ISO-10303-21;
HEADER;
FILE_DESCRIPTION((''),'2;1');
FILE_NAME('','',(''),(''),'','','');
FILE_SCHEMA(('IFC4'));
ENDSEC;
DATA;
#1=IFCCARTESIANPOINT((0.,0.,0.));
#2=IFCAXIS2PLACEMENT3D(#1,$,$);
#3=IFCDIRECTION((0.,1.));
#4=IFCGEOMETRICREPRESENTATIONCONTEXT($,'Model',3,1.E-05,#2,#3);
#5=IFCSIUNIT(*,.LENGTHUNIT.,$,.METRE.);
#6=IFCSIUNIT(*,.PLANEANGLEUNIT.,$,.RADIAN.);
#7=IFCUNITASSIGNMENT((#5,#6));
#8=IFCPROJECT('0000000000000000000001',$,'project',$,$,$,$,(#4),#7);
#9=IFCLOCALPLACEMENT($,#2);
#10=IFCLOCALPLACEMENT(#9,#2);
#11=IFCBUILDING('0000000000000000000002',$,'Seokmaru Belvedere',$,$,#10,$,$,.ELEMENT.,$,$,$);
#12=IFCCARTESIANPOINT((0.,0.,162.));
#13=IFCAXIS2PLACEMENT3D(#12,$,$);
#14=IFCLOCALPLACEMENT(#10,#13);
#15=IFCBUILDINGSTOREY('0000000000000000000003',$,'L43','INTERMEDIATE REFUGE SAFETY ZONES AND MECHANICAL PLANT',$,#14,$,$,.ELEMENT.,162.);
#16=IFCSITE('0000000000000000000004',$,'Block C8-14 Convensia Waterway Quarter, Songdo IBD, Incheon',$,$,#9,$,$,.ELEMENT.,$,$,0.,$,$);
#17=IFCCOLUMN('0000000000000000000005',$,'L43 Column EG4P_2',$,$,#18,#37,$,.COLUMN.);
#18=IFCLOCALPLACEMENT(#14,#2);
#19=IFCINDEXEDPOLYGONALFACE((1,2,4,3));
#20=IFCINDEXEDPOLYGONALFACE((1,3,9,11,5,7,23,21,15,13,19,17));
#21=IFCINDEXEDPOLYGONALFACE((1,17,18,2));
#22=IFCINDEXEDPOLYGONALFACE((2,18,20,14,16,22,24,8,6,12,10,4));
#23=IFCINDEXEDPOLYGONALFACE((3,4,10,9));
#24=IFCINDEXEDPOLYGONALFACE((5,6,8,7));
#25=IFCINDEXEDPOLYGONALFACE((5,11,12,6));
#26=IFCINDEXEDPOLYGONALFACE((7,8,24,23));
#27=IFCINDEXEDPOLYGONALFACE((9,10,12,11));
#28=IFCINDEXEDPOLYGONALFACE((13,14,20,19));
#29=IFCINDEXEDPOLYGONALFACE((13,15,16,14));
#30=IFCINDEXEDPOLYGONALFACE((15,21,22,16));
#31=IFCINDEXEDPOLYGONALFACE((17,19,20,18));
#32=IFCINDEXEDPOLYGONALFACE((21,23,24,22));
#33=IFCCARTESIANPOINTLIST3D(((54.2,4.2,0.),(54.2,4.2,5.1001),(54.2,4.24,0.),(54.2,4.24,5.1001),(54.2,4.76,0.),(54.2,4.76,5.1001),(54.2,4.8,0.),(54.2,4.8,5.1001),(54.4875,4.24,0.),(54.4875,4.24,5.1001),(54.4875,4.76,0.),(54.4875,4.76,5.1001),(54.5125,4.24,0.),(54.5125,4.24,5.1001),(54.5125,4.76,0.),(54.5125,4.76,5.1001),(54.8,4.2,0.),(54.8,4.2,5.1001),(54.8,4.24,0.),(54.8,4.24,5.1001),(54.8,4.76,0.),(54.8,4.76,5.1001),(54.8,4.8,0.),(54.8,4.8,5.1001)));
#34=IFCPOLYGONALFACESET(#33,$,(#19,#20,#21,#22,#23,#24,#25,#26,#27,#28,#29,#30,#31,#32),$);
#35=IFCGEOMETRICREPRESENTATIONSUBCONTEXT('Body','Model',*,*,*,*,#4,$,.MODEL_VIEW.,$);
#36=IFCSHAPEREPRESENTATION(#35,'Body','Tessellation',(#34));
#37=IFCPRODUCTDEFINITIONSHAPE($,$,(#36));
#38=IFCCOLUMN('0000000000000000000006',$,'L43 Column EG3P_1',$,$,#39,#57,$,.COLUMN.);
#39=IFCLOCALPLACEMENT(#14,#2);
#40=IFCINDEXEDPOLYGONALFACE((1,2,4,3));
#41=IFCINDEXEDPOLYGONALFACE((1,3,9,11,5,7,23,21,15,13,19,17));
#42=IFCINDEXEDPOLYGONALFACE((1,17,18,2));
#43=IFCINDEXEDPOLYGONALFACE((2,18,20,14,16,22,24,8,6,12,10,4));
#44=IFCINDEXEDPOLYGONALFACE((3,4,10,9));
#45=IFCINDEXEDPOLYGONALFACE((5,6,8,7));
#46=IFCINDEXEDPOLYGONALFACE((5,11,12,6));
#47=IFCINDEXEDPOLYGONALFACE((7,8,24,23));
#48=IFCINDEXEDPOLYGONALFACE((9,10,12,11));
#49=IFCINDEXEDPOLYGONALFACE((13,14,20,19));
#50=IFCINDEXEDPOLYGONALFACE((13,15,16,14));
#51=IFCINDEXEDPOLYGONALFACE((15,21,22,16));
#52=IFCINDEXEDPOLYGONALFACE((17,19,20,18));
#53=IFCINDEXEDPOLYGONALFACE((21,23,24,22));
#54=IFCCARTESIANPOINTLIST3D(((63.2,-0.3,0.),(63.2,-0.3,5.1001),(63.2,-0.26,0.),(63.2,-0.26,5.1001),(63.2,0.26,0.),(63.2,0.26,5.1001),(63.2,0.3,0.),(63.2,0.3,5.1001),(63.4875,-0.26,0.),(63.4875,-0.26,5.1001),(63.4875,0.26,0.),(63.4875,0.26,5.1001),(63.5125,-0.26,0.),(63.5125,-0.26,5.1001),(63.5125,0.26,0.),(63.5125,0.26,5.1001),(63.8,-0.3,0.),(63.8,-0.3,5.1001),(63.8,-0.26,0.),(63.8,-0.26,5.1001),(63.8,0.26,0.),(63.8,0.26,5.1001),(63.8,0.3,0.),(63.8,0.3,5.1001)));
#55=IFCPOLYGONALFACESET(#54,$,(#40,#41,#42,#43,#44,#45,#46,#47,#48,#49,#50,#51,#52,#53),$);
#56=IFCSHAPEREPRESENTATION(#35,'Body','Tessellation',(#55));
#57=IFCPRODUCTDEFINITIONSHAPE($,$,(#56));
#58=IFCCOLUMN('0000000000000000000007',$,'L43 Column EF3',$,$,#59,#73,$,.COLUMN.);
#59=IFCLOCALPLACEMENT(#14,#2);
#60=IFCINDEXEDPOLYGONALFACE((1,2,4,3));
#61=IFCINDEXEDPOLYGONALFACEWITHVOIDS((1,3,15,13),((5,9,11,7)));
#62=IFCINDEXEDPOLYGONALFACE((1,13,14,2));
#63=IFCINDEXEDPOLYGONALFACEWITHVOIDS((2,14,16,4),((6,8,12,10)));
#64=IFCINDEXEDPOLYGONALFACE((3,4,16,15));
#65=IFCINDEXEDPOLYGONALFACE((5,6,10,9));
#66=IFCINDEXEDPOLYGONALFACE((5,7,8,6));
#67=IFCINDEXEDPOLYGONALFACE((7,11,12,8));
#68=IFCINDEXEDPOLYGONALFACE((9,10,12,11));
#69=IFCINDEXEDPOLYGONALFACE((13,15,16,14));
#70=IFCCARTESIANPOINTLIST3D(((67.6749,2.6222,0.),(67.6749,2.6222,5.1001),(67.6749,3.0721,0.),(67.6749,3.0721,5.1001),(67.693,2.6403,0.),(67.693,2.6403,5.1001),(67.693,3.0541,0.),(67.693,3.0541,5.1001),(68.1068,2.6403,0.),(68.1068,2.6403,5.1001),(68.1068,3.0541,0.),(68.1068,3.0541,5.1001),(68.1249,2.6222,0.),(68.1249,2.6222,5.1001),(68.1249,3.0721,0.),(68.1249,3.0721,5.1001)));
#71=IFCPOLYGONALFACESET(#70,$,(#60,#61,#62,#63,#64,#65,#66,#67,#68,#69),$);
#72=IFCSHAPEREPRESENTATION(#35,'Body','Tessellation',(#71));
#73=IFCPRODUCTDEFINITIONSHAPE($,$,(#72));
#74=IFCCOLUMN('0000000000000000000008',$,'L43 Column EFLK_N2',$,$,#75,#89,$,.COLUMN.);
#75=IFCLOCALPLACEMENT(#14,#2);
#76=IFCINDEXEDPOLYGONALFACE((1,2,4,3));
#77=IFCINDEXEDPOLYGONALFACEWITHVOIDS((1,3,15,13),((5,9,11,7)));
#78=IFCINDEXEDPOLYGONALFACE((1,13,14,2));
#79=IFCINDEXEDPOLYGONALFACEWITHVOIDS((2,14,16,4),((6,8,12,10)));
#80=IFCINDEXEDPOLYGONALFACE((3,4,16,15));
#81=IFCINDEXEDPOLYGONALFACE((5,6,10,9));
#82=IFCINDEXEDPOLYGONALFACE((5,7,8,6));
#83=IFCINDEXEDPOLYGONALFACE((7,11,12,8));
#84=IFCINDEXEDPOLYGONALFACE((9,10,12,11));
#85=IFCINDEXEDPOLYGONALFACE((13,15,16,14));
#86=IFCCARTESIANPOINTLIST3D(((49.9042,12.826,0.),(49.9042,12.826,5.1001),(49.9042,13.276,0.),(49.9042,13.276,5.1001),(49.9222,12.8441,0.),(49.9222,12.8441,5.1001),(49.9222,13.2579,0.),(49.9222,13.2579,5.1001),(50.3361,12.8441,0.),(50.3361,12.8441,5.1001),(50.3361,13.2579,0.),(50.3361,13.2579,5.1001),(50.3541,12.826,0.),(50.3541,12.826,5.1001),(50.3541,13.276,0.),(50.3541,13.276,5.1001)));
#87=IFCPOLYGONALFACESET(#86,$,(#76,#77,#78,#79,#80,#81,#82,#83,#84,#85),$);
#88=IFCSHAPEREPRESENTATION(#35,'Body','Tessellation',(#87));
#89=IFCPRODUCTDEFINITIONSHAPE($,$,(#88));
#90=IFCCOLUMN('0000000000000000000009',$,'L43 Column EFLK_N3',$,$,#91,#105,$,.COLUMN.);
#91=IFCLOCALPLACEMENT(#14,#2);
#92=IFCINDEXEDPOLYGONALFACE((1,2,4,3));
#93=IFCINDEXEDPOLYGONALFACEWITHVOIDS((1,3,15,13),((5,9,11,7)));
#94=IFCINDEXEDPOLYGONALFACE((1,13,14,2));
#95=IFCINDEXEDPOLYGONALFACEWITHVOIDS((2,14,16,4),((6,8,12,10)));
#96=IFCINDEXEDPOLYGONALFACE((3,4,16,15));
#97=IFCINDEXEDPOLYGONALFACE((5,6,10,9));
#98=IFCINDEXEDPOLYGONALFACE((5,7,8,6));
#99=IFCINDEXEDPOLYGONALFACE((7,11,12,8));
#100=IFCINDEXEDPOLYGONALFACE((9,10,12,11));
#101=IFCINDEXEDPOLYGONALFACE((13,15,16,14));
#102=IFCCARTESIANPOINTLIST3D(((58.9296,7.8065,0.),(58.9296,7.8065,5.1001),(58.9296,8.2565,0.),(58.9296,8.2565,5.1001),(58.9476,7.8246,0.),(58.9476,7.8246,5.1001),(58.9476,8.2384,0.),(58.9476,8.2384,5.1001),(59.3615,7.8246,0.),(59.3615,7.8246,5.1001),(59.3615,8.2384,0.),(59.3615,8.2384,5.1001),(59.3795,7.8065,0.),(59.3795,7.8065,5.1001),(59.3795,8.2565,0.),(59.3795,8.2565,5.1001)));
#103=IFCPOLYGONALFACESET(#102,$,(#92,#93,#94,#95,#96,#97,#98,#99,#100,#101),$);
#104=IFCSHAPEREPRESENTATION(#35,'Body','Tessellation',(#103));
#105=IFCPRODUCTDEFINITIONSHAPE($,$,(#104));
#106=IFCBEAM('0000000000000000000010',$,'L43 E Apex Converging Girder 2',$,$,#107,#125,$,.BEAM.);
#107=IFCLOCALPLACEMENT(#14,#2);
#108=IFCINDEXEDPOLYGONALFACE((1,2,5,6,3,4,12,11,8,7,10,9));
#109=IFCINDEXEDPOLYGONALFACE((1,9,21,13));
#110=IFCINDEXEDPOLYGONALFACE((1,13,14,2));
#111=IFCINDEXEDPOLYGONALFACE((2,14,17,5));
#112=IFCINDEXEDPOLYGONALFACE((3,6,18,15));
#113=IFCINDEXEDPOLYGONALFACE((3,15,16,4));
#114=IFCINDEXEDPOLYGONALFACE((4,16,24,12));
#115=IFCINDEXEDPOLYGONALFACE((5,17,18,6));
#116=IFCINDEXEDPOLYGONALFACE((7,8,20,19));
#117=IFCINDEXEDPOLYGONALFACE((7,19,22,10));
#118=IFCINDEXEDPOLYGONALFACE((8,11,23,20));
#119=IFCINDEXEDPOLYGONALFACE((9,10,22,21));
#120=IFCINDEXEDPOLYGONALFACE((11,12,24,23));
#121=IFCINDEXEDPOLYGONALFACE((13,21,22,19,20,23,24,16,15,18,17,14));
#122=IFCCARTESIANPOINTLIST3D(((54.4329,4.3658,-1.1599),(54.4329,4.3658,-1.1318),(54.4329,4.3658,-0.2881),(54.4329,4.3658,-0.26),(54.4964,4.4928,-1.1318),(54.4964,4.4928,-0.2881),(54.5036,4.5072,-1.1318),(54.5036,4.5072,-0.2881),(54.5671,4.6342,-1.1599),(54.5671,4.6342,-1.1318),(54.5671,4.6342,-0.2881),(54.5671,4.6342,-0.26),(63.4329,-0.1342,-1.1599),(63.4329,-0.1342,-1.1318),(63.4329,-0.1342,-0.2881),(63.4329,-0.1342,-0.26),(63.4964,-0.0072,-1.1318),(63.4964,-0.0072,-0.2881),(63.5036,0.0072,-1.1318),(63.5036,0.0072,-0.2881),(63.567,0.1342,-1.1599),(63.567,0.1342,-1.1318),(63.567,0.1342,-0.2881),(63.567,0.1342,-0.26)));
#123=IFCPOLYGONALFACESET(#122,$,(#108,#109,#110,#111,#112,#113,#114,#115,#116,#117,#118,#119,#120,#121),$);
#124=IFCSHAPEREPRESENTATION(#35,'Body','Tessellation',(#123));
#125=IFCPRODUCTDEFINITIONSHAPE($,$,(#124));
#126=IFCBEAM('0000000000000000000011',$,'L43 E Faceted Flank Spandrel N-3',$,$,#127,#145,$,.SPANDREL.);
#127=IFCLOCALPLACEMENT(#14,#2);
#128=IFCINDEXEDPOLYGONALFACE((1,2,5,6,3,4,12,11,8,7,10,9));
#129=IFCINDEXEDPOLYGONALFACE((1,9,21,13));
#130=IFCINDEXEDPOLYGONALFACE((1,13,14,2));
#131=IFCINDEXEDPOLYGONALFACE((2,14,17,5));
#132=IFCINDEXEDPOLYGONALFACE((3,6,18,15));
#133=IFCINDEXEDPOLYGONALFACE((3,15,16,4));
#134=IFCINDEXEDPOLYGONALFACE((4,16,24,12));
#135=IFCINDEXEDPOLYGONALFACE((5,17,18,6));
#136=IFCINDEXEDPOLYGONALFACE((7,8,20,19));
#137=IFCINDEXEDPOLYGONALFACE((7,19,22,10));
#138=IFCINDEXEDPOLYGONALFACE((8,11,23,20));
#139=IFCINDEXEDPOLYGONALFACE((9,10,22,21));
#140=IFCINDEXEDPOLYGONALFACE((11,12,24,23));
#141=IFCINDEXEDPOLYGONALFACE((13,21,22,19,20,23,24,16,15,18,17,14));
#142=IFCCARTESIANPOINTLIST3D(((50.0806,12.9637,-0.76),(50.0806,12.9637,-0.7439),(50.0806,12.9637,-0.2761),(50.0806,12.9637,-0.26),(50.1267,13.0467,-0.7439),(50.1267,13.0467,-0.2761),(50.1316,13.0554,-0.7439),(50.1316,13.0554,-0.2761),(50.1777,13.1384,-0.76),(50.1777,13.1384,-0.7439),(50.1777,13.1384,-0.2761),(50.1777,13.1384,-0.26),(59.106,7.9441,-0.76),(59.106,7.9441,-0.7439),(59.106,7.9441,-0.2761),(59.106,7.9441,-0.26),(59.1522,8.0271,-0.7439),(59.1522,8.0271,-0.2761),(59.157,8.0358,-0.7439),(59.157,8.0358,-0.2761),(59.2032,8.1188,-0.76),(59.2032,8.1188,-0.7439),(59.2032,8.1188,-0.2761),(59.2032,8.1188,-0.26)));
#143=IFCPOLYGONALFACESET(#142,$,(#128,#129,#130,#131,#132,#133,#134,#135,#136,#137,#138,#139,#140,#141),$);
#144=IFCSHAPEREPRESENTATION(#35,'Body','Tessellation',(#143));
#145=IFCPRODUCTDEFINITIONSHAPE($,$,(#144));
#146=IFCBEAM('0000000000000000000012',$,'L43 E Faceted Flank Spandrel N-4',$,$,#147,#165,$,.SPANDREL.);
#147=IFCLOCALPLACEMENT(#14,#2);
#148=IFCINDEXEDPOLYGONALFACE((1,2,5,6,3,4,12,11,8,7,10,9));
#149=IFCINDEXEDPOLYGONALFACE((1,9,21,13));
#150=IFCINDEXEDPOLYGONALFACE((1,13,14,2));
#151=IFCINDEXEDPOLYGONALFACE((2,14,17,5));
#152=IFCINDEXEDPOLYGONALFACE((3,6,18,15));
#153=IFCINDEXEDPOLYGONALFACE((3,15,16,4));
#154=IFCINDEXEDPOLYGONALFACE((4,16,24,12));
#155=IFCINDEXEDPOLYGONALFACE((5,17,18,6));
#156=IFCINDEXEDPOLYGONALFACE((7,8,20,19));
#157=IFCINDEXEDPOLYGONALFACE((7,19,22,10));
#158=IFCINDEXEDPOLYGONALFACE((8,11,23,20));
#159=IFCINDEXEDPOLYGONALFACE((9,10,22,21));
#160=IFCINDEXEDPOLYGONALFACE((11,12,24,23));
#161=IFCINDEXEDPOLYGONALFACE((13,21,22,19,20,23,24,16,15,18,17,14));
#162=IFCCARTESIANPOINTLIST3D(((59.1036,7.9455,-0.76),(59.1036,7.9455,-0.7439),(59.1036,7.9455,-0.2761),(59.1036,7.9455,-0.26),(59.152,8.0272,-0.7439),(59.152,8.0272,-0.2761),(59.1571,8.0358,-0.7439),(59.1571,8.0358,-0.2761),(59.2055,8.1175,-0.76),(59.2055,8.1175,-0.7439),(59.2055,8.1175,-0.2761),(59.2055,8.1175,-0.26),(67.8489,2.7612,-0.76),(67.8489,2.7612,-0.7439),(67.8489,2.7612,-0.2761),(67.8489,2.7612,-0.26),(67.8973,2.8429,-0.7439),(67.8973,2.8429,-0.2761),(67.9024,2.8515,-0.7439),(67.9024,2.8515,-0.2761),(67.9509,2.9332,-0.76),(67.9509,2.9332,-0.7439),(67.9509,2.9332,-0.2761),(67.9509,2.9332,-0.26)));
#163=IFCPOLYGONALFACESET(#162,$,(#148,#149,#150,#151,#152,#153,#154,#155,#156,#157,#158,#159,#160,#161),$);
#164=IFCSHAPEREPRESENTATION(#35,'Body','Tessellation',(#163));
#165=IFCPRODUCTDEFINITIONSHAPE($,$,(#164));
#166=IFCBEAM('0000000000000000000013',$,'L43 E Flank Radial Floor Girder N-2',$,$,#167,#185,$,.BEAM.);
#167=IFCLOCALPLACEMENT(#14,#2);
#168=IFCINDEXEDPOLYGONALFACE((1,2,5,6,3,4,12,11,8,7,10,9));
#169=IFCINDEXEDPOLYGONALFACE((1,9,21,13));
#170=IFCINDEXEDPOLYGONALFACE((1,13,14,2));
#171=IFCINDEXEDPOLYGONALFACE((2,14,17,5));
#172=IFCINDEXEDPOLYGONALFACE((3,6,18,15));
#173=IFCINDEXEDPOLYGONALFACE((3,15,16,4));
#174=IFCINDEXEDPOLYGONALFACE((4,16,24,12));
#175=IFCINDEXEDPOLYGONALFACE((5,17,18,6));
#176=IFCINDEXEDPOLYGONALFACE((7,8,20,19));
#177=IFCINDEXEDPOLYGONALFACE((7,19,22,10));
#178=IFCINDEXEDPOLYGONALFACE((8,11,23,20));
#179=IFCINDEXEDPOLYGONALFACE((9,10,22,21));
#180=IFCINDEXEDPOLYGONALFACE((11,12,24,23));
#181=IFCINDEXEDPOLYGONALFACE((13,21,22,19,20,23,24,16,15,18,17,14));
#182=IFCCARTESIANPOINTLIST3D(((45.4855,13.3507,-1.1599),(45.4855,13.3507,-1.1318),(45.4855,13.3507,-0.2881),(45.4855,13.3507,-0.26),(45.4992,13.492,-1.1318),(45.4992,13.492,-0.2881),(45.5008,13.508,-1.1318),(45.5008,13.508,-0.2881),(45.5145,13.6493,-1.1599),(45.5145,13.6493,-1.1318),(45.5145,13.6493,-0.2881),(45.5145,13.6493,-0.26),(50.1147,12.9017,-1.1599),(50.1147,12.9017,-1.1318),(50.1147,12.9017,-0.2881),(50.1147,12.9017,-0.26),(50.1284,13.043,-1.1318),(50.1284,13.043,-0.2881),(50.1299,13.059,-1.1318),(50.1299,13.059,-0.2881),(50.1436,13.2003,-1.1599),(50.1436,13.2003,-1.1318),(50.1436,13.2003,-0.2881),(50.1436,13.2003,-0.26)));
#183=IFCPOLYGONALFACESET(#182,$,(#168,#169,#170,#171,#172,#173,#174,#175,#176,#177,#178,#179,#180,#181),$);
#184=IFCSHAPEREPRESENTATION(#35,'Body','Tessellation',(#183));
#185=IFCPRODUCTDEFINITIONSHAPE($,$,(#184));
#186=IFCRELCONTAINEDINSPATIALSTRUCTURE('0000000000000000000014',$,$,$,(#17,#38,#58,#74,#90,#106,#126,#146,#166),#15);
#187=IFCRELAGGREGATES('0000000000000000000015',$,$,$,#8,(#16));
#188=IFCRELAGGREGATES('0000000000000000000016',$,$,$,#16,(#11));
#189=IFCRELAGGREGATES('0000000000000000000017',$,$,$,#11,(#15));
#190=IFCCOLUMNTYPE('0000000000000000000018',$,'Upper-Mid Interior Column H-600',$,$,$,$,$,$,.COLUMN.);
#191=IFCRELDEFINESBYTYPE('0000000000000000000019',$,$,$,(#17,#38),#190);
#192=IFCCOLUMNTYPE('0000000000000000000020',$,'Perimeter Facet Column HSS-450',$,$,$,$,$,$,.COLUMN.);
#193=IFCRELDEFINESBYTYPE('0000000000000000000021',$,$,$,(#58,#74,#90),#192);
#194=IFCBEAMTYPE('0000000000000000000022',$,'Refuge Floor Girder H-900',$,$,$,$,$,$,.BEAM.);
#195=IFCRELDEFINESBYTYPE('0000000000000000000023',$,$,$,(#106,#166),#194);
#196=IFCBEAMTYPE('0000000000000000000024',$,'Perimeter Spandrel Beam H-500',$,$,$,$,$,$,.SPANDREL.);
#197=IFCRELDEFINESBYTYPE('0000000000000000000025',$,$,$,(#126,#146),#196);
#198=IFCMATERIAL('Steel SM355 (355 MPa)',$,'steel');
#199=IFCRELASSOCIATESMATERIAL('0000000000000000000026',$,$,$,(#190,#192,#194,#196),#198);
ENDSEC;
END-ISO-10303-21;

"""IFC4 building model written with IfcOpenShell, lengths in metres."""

from ifc_helpers import new_model, si_unit, direction, frame, origin, origin_2d, place, context, subcontext, project, spatial, hollow_rectangle, i_section, extrude, source, transform, mapped, material, material_profile, profile_set, type_object, type_shapes, element, save


model = new_model("IFC4")

# Units and contexts
model_context = context("Model", 3, precision=1e-05, world=origin(), true_north=direction((0.0, 1.0)))
body_context = subcontext(model_context, "Body", "Model", "MODEL_VIEW")
ifc_project = project(units=[si_unit("LENGTHUNIT", "METRE"), si_unit("PLANEANGLEUNIT", "RADIAN")], contexts=[model_context])

# Site, building, storey
site_placement = place(None, origin())
site = spatial("IfcSite", under=ifc_project, at=site_placement, Name="Block C8-14 Convensia Waterway Quarter, Songdo IBD, Incheon", CompositionType="ELEMENT", RefElevation=0.0)
building_placement = place(site_placement, origin())
building = spatial("IfcBuilding", under=site, at=building_placement, Name="Seokmaru Belvedere", CompositionType="ELEMENT")
storey_placement = place(building_placement, frame((0.0, 0.0, 162.0)))
storey = spatial("IfcBuildingStorey", under=building, at=storey_placement, Name="L43", Description="INTERMEDIATE REFUGE SAFETY ZONES AND MECHANICAL PLANT", CompositionType="ELEMENT", Elevation=162.0)

# Columns
ifc_material_1 = material(Name="Steel SM355 (355 MPa)", Category="steel")
ifc_material_profile_1 = material_profile(ifc_material_1, i_section(OverallWidth=0.6001, OverallDepth=0.6001, WebThickness=0.0249, FlangeThickness=0.04, at=origin_2d()), Name="H-600x600x25x40")
ifc_profile_set_1 = profile_set([ifc_material_profile_1], Name="Steel SM355 (355 MPa)")
column_type_1 = type_object("IfcColumnType", Name="Upper-Mid Interior Column H-600", PredefinedType="COLUMN", material=ifc_profile_set_1)
shared_shape_1 = source(origin(), body_context, "Body", "SweptSolid", [
    extrude(i_section(OverallWidth=0.6001, OverallDepth=0.6001, WebThickness=0.0249, FlangeThickness=0.04, at=origin_2d()), origin(), (0.0, 0.0, 1.0), 5.1001),
])
type_shapes(column_type_1, [shared_shape_1])
for number, where, z_axis, x_axis, name in (
    (1, (54.5, 4.5, 0.0), (0.0, 0.0, 1.0), (1.0, 0.0, 0.0), "L43 Column EG4P_2"),
    (2, (63.5, 0.0, 0.0), (0.0, 0.0, 1.0), (1.0, 0.0, 0.0), "L43 Column EG3P_1"),
):
    element("IfcColumn", number, at=place(storey_placement, frame(where, z_axis=z_axis, x_axis=x_axis)), inside=storey, type_object=column_type_1, Name=name, PredefinedType="COLUMN", context=body_context, shape_type="MappedRepresentation", body=[
        mapped(shared_shape_1, transform((0.0, 0.0, 0.0), scale=1.0)),
    ])
ifc_material_profile_2 = material_profile(ifc_material_1, hollow_rectangle(XDim=0.45, YDim=0.45, WallThickness=0.0181, at=origin_2d()), Name="HSS-450x450x18")
ifc_profile_set_2 = profile_set([ifc_material_profile_2], Name="Steel SM355 (355 MPa)")
column_type_2 = type_object("IfcColumnType", Name="Perimeter Facet Column HSS-450", PredefinedType="COLUMN", material=ifc_profile_set_2)
shared_shape_2 = source(origin(), body_context, "Body", "SweptSolid", [
    extrude(hollow_rectangle(XDim=0.45, YDim=0.45, WallThickness=0.0181, at=origin_2d()), origin(), (0.0, 0.0, 1.0), 5.1001),
])
type_shapes(column_type_2, [shared_shape_2])
for number, where, z_axis, x_axis, name in (
    (3, (67.8999, 2.8472, 0.0), (0.0, 0.0, 1.0), (1.0, 0.0, 0.0), "L43 Column EF3"),
    (4, (50.1292, 13.051, 0.0), (0.0, 0.0, 1.0), (1.0, 0.0, 0.0), "L43 Column EFLK_N2"),
    (5, (59.1545, 8.0315, 0.0), (0.0, 0.0, 1.0), (1.0, 0.0, 0.0), "L43 Column EFLK_N3"),
):
    element("IfcColumn", number, at=place(storey_placement, frame(where, z_axis=z_axis, x_axis=x_axis)), inside=storey, type_object=column_type_2, Name=name, PredefinedType="COLUMN", context=body_context, shape_type="MappedRepresentation", body=[
        mapped(shared_shape_2, transform((0.0, 0.0, 0.0), scale=1.0)),
    ])

# Beams
ifc_material_profile_3 = material_profile(ifc_material_1, i_section(OverallWidth=0.3, OverallDepth=0.8999, WebThickness=0.0161, FlangeThickness=0.0281, at=origin_2d()), Name="H-900x300x16x28")
ifc_profile_set_3 = profile_set([ifc_material_profile_3], Name="Steel SM355 (355 MPa)")
beam_type_1 = type_object("IfcBeamType", Name="Refuge Floor Girder H-900", PredefinedType="BEAM", material=ifc_profile_set_3)
shared_shape_3 = source(origin(), body_context, "Body", "SweptSolid", [
    extrude(i_section(OverallWidth=0.3, OverallDepth=0.8999, WebThickness=0.0161, FlangeThickness=0.0281, at=origin_2d()), origin(), (0.0, 0.0, 1.0), 10.0623),
])
beam_1_placement = place(storey_placement, frame((54.5, 4.5, -0.71), z_axis=(0.894427, -0.447214, 0.0), x_axis=(0.447214, 0.894427, 0.0)))
element("IfcBeam", 6, at=beam_1_placement, inside=storey, type_object=beam_type_1, Name="L43 E Apex Converging Girder 2", PredefinedType="BEAM", context=body_context, shape_type="MappedRepresentation", body=[
    mapped(shared_shape_3, transform((0.0, 0.0, 0.0), scale=1.0)),
])
ifc_material_profile_4 = material_profile(ifc_material_1, i_section(OverallWidth=0.2, OverallDepth=0.5, WebThickness=0.01, FlangeThickness=0.0161, at=origin_2d()), Name="H-500x200x10x16")
ifc_profile_set_4 = profile_set([ifc_material_profile_4], Name="Steel SM355 (355 MPa)")
beam_type_2 = type_object("IfcBeamType", Name="Perimeter Spandrel Beam H-500", PredefinedType="SPANDREL", material=ifc_profile_set_4)
shared_shape_4 = source(origin(), body_context, "Body", "SweptSolid", [
    extrude(i_section(OverallWidth=0.2, OverallDepth=0.5, WebThickness=0.01, FlangeThickness=0.0161, at=origin_2d()), origin(), (0.0, 0.0, 1.0), 10.3274),
])
beam_2_placement = place(storey_placement, frame((50.1292, 13.051, -0.51), z_axis=(0.873934, -0.486044, 0.0), x_axis=(0.486044, 0.873934, 0.0)))
element("IfcBeam", 7, at=beam_2_placement, inside=storey, type_object=beam_type_2, Name="L43 E Faceted Flank Spandrel N-3", PredefinedType="SPANDREL", context=body_context, shape_type="MappedRepresentation", body=[
    mapped(shared_shape_4, transform((0.0, 0.0, 0.0), scale=1.0)),
])
shared_shape_5 = source(origin(), body_context, "Body", "SweptSolid", [
    extrude(i_section(OverallWidth=0.2, OverallDepth=0.5, WebThickness=0.01, FlangeThickness=0.0161, at=origin_2d()), origin(), (0.0, 0.0, 1.0), 10.1665),
])
type_shapes(beam_type_2, [shared_shape_4, shared_shape_5])
beam_3_placement = place(storey_placement, frame((59.1545, 8.0315, -0.51), z_axis=(0.86021, -0.50994, 0.0), x_axis=(0.50994, 0.86021, 0.0)))
element("IfcBeam", 8, at=beam_3_placement, inside=storey, type_object=beam_type_2, Name="L43 E Faceted Flank Spandrel N-4", PredefinedType="SPANDREL", context=body_context, shape_type="MappedRepresentation", body=[
    mapped(shared_shape_5, transform((0.0, 0.0, 0.0), scale=1.0)),
])
shared_shape_6 = source(origin(), body_context, "Body", "SweptSolid", [
    extrude(i_section(OverallWidth=0.3, OverallDepth=0.8999, WebThickness=0.0161, FlangeThickness=0.0281, at=origin_2d()), origin(), (0.0, 0.0, 1.0), 4.6509),
])
beam_4_placement = place(storey_placement, frame((50.1292, 13.051, -0.71), z_axis=(-0.99533, 0.096536, 0.0), x_axis=(-0.096536, -0.99533, 0.0)))
element("IfcBeam", 9, at=beam_4_placement, inside=storey, type_object=beam_type_1, Name="L43 E Flank Radial Floor Girder N-2", PredefinedType="BEAM", context=body_context, shape_type="MappedRepresentation", body=[
    mapped(shared_shape_6, transform((0.0, 0.0, 0.0), scale=1.0)),
])

save(model, "model.ifc")
